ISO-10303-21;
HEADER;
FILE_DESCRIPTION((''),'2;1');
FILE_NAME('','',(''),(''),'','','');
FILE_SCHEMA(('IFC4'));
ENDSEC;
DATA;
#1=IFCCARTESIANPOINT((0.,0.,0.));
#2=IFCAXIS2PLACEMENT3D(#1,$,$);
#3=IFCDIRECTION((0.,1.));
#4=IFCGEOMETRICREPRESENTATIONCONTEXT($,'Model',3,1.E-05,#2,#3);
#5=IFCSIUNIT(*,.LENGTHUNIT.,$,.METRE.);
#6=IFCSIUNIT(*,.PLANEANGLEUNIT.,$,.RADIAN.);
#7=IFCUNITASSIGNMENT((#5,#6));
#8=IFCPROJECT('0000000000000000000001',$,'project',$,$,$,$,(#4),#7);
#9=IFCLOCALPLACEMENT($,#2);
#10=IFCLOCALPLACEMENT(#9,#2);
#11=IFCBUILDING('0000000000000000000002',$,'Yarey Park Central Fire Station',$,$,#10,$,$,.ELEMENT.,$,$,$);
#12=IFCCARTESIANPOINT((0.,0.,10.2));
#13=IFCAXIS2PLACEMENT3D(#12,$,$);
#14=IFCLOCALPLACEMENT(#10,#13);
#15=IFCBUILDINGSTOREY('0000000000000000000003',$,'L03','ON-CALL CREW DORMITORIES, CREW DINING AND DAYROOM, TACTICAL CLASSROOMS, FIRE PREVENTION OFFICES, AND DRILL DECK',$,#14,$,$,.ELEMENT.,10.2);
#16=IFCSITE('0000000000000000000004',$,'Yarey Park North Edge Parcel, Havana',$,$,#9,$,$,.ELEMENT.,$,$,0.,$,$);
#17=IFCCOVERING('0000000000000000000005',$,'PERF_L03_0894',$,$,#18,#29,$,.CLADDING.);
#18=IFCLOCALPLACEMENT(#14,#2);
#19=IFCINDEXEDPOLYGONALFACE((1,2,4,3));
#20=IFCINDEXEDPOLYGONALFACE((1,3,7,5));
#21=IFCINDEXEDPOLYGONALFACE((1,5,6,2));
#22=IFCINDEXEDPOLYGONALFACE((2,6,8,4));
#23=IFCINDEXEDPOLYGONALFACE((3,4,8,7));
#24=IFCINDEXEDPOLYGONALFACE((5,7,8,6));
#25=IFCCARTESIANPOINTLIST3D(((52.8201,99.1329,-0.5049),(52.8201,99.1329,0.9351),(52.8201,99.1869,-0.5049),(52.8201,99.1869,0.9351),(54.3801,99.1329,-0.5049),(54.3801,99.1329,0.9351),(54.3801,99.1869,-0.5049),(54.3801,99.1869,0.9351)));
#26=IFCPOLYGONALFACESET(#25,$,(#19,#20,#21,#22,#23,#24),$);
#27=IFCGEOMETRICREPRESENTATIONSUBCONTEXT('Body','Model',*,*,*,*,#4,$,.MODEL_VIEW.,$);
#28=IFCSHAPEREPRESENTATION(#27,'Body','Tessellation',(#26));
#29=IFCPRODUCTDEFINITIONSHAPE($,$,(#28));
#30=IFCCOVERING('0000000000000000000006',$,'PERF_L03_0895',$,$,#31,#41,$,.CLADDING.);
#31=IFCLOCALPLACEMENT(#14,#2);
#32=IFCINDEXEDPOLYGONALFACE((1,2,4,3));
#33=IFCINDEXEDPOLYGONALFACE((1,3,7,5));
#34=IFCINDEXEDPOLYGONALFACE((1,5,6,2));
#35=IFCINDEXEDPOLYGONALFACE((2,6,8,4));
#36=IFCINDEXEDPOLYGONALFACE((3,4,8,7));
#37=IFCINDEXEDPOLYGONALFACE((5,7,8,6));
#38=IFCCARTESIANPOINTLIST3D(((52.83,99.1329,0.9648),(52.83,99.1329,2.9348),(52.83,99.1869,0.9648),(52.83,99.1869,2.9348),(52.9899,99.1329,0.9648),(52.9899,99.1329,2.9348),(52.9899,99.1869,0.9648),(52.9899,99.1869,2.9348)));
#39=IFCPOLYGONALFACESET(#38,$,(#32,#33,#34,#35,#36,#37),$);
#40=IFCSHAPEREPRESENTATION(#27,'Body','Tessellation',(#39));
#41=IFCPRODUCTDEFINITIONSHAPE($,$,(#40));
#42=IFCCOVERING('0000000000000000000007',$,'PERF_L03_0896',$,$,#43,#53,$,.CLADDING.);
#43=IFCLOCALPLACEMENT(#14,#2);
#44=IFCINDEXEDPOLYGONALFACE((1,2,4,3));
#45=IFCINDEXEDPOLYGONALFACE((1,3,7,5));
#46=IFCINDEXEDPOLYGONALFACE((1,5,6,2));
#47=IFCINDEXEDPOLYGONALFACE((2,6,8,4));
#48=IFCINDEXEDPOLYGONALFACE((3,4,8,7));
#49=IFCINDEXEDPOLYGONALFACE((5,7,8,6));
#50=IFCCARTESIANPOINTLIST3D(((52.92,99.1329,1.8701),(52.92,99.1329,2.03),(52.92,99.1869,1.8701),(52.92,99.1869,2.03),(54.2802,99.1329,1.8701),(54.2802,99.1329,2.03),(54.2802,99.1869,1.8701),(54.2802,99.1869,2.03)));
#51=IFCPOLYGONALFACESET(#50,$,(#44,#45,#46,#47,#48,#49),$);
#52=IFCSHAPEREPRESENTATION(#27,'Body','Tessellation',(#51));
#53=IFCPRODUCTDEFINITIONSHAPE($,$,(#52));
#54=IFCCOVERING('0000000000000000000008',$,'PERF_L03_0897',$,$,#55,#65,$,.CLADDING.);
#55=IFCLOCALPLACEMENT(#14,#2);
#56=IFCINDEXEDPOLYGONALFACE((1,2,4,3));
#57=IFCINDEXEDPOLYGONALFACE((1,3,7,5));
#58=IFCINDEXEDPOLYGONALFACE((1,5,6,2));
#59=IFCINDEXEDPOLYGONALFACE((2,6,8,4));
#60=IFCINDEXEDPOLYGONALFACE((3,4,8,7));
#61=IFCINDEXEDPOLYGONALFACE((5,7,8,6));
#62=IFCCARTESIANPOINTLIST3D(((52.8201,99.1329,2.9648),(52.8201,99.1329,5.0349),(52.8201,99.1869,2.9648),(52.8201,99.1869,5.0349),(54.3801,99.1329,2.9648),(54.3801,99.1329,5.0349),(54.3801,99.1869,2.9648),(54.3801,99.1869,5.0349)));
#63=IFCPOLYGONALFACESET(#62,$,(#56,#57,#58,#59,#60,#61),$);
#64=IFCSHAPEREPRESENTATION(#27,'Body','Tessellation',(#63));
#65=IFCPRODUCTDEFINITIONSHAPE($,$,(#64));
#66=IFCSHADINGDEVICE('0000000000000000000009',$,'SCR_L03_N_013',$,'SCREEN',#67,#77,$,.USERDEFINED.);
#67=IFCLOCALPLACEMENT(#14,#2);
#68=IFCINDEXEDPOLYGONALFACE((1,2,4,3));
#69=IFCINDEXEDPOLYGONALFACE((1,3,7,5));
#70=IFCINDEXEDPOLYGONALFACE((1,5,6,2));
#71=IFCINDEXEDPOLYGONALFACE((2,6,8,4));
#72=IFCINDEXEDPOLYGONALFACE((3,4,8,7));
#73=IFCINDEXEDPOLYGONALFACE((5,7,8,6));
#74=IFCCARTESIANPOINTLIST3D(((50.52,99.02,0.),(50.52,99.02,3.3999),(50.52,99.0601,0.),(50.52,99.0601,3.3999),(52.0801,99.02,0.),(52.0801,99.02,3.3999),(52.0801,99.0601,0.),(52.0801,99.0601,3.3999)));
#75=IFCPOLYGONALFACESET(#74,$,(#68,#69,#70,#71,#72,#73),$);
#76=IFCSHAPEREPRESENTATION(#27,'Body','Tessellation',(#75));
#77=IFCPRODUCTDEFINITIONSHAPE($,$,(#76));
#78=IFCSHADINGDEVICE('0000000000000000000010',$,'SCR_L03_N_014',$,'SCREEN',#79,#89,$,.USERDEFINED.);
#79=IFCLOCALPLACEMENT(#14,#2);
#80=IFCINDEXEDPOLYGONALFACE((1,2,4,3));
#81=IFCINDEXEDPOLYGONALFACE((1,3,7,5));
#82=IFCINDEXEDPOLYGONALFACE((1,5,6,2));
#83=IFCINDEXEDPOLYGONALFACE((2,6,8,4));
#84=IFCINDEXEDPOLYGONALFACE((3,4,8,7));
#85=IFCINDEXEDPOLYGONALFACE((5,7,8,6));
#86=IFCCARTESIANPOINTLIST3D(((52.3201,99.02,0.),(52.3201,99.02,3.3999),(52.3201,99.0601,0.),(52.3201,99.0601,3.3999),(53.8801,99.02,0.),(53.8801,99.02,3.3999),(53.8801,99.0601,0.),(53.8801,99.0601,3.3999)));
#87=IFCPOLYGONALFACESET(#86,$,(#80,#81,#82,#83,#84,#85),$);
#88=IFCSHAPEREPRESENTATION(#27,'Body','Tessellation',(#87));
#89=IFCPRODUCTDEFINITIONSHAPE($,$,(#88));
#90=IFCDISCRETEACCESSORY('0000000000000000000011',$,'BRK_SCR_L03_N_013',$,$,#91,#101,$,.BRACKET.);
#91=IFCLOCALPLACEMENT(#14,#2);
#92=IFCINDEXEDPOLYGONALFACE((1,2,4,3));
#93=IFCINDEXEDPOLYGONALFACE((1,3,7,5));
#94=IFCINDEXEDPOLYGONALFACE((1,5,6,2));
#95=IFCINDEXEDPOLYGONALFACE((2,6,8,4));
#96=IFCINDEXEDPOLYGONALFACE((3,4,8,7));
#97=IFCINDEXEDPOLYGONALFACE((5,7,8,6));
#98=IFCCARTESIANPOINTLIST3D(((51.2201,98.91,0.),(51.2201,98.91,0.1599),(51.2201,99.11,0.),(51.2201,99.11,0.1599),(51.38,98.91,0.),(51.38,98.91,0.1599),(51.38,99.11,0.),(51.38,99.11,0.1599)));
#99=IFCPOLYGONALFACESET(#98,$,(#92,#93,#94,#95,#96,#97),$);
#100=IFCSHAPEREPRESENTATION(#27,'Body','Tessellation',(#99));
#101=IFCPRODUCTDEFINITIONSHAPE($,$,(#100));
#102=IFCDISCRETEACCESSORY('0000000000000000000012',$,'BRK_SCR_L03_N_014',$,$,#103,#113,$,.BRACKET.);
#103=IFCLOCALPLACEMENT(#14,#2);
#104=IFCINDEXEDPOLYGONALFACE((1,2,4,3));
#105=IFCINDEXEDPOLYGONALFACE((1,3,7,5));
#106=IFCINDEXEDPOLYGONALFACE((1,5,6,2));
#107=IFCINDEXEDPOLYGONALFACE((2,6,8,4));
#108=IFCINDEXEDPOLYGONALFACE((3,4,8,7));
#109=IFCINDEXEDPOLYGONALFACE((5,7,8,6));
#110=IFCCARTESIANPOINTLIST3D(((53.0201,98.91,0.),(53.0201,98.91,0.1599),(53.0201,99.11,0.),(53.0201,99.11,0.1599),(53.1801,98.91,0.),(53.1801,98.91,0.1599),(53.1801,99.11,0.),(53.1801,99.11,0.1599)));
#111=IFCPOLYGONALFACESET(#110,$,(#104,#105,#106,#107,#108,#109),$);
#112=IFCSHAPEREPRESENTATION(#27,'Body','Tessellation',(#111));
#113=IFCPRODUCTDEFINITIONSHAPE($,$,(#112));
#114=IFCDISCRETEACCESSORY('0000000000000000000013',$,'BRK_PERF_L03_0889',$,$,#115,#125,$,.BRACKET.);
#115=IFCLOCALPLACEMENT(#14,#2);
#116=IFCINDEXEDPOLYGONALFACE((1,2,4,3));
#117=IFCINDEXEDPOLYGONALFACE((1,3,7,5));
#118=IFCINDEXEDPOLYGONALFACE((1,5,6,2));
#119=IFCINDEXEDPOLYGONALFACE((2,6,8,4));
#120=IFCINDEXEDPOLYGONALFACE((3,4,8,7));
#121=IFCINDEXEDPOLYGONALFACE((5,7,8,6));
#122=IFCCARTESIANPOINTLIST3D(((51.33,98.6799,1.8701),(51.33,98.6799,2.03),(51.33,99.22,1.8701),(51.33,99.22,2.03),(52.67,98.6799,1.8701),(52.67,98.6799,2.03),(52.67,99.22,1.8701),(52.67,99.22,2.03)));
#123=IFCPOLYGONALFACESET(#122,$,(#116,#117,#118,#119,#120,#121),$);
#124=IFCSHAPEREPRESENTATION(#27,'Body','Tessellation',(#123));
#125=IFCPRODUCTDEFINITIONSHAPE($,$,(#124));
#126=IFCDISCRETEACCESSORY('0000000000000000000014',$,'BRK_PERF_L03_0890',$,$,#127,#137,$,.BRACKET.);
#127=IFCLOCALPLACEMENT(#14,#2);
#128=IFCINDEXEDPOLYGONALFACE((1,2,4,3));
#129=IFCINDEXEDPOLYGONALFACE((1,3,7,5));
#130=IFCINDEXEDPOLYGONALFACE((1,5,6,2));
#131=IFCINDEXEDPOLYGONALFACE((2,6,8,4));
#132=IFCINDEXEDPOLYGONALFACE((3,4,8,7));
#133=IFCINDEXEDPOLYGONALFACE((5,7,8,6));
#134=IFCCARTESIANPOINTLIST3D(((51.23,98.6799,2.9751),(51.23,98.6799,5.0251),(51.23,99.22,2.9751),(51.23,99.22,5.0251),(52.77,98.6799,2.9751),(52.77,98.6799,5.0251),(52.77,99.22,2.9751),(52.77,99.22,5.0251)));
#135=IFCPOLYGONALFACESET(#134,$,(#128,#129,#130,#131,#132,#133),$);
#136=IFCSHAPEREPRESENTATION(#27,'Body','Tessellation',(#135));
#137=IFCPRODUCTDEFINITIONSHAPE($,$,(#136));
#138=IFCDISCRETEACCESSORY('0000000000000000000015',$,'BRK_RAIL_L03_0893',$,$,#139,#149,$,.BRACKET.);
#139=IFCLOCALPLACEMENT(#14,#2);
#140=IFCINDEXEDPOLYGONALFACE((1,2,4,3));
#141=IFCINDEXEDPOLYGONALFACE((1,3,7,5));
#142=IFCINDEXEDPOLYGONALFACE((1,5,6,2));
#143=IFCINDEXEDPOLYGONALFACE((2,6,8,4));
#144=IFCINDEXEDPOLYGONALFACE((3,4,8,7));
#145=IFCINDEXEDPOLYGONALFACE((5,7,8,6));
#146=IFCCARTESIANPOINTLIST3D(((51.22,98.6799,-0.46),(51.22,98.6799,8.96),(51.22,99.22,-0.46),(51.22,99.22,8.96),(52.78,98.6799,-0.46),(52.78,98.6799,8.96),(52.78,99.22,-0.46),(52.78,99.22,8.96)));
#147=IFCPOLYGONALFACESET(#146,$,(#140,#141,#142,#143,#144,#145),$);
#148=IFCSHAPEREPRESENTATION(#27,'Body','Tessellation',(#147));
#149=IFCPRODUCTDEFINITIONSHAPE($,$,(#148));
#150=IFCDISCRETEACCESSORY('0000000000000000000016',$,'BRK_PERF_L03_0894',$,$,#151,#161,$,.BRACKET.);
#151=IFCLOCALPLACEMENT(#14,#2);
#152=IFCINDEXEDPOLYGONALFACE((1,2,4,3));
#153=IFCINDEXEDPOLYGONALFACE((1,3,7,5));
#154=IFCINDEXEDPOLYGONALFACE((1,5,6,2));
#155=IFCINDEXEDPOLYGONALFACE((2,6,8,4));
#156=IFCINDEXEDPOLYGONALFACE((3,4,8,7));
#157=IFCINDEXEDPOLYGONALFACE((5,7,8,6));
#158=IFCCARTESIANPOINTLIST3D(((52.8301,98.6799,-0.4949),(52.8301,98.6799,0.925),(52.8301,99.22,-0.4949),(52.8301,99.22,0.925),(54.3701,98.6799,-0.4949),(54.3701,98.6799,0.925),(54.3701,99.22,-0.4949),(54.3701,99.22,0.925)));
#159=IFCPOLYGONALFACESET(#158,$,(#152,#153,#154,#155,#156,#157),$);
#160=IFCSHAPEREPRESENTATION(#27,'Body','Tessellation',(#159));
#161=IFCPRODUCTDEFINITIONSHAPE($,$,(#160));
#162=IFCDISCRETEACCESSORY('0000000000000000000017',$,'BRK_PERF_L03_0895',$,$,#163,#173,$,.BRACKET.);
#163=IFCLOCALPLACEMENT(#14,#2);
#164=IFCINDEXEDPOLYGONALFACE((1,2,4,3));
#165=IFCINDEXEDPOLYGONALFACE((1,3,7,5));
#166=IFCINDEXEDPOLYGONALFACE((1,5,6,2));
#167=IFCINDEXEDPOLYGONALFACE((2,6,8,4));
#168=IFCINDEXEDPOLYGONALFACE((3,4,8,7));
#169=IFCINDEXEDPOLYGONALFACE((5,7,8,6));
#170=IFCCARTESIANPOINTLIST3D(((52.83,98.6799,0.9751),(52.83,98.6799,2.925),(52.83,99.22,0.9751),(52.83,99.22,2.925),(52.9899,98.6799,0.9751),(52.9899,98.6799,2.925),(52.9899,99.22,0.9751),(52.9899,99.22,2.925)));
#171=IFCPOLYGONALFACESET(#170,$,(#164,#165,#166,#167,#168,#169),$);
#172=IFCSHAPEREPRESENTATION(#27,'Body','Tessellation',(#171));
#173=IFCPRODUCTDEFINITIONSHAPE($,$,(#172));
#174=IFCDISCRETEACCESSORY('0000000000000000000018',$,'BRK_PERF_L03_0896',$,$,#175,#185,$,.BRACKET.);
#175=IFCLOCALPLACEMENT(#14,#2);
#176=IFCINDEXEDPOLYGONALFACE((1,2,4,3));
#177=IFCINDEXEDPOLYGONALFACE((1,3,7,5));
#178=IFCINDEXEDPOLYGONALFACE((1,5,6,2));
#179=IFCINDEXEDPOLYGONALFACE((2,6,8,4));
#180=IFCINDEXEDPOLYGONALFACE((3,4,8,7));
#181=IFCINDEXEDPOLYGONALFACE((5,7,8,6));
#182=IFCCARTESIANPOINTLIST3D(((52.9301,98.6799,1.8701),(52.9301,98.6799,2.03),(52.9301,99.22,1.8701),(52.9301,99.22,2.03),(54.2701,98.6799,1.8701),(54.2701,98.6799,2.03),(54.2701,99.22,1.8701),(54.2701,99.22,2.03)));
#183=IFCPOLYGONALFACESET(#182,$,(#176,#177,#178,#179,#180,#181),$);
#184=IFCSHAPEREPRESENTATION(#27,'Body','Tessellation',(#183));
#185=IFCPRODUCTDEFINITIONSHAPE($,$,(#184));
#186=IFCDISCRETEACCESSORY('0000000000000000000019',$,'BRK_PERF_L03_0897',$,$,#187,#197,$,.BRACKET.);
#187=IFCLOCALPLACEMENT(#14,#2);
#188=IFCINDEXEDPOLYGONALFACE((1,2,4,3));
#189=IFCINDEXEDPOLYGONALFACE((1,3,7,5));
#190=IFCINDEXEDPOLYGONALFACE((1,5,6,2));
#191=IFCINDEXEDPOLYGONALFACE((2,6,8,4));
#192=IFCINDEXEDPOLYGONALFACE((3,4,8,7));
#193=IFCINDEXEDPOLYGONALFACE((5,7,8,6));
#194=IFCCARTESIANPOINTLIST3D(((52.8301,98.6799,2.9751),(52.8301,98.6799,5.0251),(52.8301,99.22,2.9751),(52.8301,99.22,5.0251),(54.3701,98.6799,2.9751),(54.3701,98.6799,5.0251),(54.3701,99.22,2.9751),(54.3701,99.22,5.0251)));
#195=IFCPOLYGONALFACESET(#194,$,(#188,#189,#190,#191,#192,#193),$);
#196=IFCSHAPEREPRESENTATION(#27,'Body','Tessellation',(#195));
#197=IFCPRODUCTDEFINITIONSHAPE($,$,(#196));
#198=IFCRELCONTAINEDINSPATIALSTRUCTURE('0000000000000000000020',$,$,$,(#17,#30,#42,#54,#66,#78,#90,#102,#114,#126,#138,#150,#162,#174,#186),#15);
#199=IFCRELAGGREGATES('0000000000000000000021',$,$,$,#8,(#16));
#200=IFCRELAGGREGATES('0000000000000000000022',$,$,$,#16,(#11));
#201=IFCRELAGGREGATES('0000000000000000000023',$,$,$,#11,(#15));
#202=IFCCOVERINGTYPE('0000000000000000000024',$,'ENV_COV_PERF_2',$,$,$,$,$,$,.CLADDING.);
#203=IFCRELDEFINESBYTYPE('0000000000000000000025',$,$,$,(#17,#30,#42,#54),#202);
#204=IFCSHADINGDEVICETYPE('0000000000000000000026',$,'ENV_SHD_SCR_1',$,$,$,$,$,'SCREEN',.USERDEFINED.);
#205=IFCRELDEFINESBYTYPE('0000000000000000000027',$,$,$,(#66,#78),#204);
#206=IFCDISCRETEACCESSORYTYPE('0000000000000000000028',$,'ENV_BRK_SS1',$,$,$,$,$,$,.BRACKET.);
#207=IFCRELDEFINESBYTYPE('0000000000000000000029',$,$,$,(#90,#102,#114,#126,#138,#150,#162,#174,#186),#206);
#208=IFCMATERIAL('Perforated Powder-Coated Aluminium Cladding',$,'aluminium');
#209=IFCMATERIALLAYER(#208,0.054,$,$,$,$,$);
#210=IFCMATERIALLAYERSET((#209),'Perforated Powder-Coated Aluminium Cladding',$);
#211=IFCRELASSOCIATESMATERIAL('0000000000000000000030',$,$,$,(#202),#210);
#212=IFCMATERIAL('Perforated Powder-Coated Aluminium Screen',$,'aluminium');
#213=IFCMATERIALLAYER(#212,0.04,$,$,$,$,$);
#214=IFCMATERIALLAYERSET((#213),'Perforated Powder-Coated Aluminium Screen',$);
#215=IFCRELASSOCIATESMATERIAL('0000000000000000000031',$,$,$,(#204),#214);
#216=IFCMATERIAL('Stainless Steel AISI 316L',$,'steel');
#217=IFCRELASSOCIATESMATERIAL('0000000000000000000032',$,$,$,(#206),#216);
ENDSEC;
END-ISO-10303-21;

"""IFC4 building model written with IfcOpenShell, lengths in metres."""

from ifc_helpers import new_model, si_unit, direction, frame, origin, origin_2d, place, context, subcontext, project, spatial, rectangle, extrude, material, layer, layer_set, type_object, element, save


model = new_model("IFC4")

# Units and contexts
model_context = context("Model", 3, precision=1e-05, world=origin(), true_north=direction((0.0, 1.0)))
body_context = subcontext(model_context, "Body", "Model", "MODEL_VIEW")
ifc_project = project(units=[si_unit("LENGTHUNIT", "METRE"), si_unit("PLANEANGLEUNIT", "RADIAN")], contexts=[model_context])

# Site, building, storey
site_placement = place(None, origin())
site = spatial("IfcSite", under=ifc_project, at=site_placement, Name="Yarey Park North Edge Parcel, Havana", CompositionType="ELEMENT", RefElevation=0.0)
building_placement = place(site_placement, origin())
building = spatial("IfcBuilding", under=site, at=building_placement, Name="Yarey Park Central Fire Station", CompositionType="ELEMENT")
storey_placement = place(building_placement, frame((0.0, 0.0, 10.2)))
storey = spatial("IfcBuildingStorey", under=building, at=storey_placement, Name="L03", Description="ON-CALL CREW DORMITORIES, CREW DINING AND DAYROOM, TACTICAL CLASSROOMS, FIRE PREVENTION OFFICES, AND DRILL DECK", CompositionType="ELEMENT", Elevation=10.2)

# Coverings
ifc_material_1 = material(Name="Perforated Powder-Coated Aluminium Cladding", Category="aluminium")
ifc_layer_1 = layer(ifc_material_1, 0.054)
ifc_layer_set_1 = layer_set([ifc_layer_1], Name="Perforated Powder-Coated Aluminium Cladding")
covering_type_1 = type_object("IfcCoveringType", Name="ENV_COV_PERF_2", PredefinedType="CLADDING", material=ifc_layer_set_1)
covering_1_placement = place(storey_placement, frame((53.6001, 99.1599, -0.5049), z_axis=(0.0, 0.0, 1.0), x_axis=(1.0, 0.0, 0.0)))
element("IfcCovering", 1, at=covering_1_placement, inside=storey, type_object=covering_type_1, Name="PERF_L03_0894", PredefinedType="CLADDING", context=body_context, shape_type="SweptSolid", body=[
    extrude(rectangle(XDim=1.5601, YDim=0.054, at=origin_2d()), origin(), (0.0, 0.0, 1.0), 1.4399),
])
covering_2_placement = place(storey_placement, frame((52.9099, 99.1599, 0.9648), z_axis=(0.0, 0.0, 1.0), x_axis=(1.0, 0.0, 0.0)))
element("IfcCovering", 2, at=covering_2_placement, inside=storey, type_object=covering_type_1, Name="PERF_L03_0895", PredefinedType="CLADDING", context=body_context, shape_type="SweptSolid", body=[
    extrude(rectangle(XDim=0.1599, YDim=0.054, at=origin_2d()), origin(), (0.0, 0.0, 1.0), 1.97),
])
covering_3_placement = place(storey_placement, frame((53.6001, 99.1599, 1.8701), z_axis=(0.0, 0.0, 1.0), x_axis=(1.0, 0.0, 0.0)))
element("IfcCovering", 3, at=covering_3_placement, inside=storey, type_object=covering_type_1, Name="PERF_L03_0896", PredefinedType="CLADDING", context=body_context, shape_type="SweptSolid", body=[
    extrude(rectangle(XDim=1.3601, YDim=0.054, at=origin_2d()), origin(), (0.0, 0.0, 1.0), 0.1599),
])
covering_4_placement = place(storey_placement, frame((53.6001, 99.1599, 2.9648), z_axis=(0.0, 0.0, 1.0), x_axis=(1.0, 0.0, 0.0)))
element("IfcCovering", 4, at=covering_4_placement, inside=storey, type_object=covering_type_1, Name="PERF_L03_0897", PredefinedType="CLADDING", context=body_context, shape_type="SweptSolid", body=[
    extrude(rectangle(XDim=1.5601, YDim=0.054, at=origin_2d()), origin(), (0.0, 0.0, 1.0), 2.0701),
])

# Shading devices
ifc_material_2 = material(Name="Perforated Powder-Coated Aluminium Screen", Category="aluminium")
ifc_layer_2 = layer(ifc_material_2, 0.04)
ifc_layer_set_2 = layer_set([ifc_layer_2], Name="Perforated Powder-Coated Aluminium Screen")
shading_device_type = type_object("IfcShadingDeviceType", Name="ENV_SHD_SCR_1", ElementType="SCREEN", PredefinedType="USERDEFINED", material=ifc_layer_set_2)
for number, where, z_axis, x_axis, name in (
    (5, (51.3, 99.04, 0.0), (0.0, 0.0, 1.0), (1.0, 0.0, 0.0), "SCR_L03_N_013"),
    (6, (53.1001, 99.04, 0.0), (0.0, 0.0, 1.0), (1.0, 0.0, 0.0), "SCR_L03_N_014"),
):
    element("IfcShadingDevice", number, at=place(storey_placement, frame(where, z_axis=z_axis, x_axis=x_axis)), inside=storey, type_object=shading_device_type, Name=name, ObjectType="SCREEN", PredefinedType="USERDEFINED", context=body_context, shape_type="SweptSolid", body=[
        extrude(rectangle(XDim=1.5601, YDim=0.04, at=origin_2d()), origin(), (0.0, 0.0, 1.0), 3.3999),
    ])

# Discrete accessories
ifc_material_3 = material(Name="Stainless Steel AISI 316L", Category="steel")
discrete_accessory_type = type_object("IfcDiscreteAccessoryType", Name="ENV_BRK_SS1", PredefinedType="BRACKET", material=ifc_material_3)
for number, where, z_axis, x_axis, name in (
    (7, (51.3, 99.01, 0.0), (0.0, 0.0, 1.0), (1.0, 0.0, 0.0), "BRK_SCR_L03_N_013"),
    (8, (53.1001, 99.01, 0.0), (0.0, 0.0, 1.0), (1.0, 0.0, 0.0), "BRK_SCR_L03_N_014"),
):
    element("IfcDiscreteAccessory", number, at=place(storey_placement, frame(where, z_axis=z_axis, x_axis=x_axis)), inside=storey, type_object=discrete_accessory_type, Name=name, PredefinedType="BRACKET", context=body_context, shape_type="SweptSolid", body=[
        extrude(rectangle(XDim=0.1599, YDim=0.2, at=origin_2d()), origin(), (0.0, 0.0, 1.0), 0.1599),
    ])
discrete_accessory_1_placement = place(storey_placement, frame((52.0, 98.95, 1.8701), z_axis=(0.0, 0.0, 1.0), x_axis=(1.0, 0.0, 0.0)))
element("IfcDiscreteAccessory", 9, at=discrete_accessory_1_placement, inside=storey, type_object=discrete_accessory_type, Name="BRK_PERF_L03_0889", PredefinedType="BRACKET", context=body_context, shape_type="SweptSolid", body=[
    extrude(rectangle(XDim=1.3401, YDim=0.54, at=origin_2d()), origin(), (0.0, 0.0, 1.0), 0.1599),
])
discrete_accessory_2_placement = place(storey_placement, frame((52.0, 98.95, 2.9751), z_axis=(0.0, 0.0, 1.0), x_axis=(1.0, 0.0, 0.0)))
element("IfcDiscreteAccessory", 10, at=discrete_accessory_2_placement, inside=storey, type_object=discrete_accessory_type, Name="BRK_PERF_L03_0890", PredefinedType="BRACKET", context=body_context, shape_type="SweptSolid", body=[
    extrude(rectangle(XDim=1.54, YDim=0.54, at=origin_2d()), origin(), (0.0, 0.0, 1.0), 2.05),
])
discrete_accessory_3_placement = place(storey_placement, frame((52.0, 98.95, -0.46), z_axis=(0.0, 0.0, 1.0), x_axis=(1.0, 0.0, 0.0)))
element("IfcDiscreteAccessory", 11, at=discrete_accessory_3_placement, inside=storey, type_object=discrete_accessory_type, Name="BRK_RAIL_L03_0893", PredefinedType="BRACKET", context=body_context, shape_type="SweptSolid", body=[
    extrude(rectangle(XDim=1.5601, YDim=0.54, at=origin_2d()), origin(), (0.0, 0.0, 1.0), 9.4199),
])
discrete_accessory_4_placement = place(storey_placement, frame((53.6001, 98.95, -0.4949), z_axis=(0.0, 0.0, 1.0), x_axis=(1.0, 0.0, 0.0)))
element("IfcDiscreteAccessory", 12, at=discrete_accessory_4_placement, inside=storey, type_object=discrete_accessory_type, Name="BRK_PERF_L03_0894", PredefinedType="BRACKET", context=body_context, shape_type="SweptSolid", body=[
    extrude(rectangle(XDim=1.54, YDim=0.54, at=origin_2d()), origin(), (0.0, 0.0, 1.0), 1.4199),
])
discrete_accessory_5_placement = place(storey_placement, frame((52.9099, 98.95, 0.9751), z_axis=(0.0, 0.0, 1.0), x_axis=(1.0, 0.0, 0.0)))
element("IfcDiscreteAccessory", 13, at=discrete_accessory_5_placement, inside=storey, type_object=discrete_accessory_type, Name="BRK_PERF_L03_0895", PredefinedType="BRACKET", context=body_context, shape_type="SweptSolid", body=[
    extrude(rectangle(XDim=0.1599, YDim=0.54, at=origin_2d()), origin(), (0.0, 0.0, 1.0), 1.95),
])
discrete_accessory_6_placement = place(storey_placement, frame((53.6001, 98.95, 1.8701), z_axis=(0.0, 0.0, 1.0), x_axis=(1.0, 0.0, 0.0)))
element("IfcDiscreteAccessory", 14, at=discrete_accessory_6_placement, inside=storey, type_object=discrete_accessory_type, Name="BRK_PERF_L03_0896", PredefinedType="BRACKET", context=body_context, shape_type="SweptSolid", body=[
    extrude(rectangle(XDim=1.3401, YDim=0.54, at=origin_2d()), origin(), (0.0, 0.0, 1.0), 0.1599),
])
discrete_accessory_7_placement = place(storey_placement, frame((53.6001, 98.95, 2.9751), z_axis=(0.0, 0.0, 1.0), x_axis=(1.0, 0.0, 0.0)))
element("IfcDiscreteAccessory", 15, at=discrete_accessory_7_placement, inside=storey, type_object=discrete_accessory_type, Name="BRK_PERF_L03_0897", PredefinedType="BRACKET", context=body_context, shape_type="SweptSolid", body=[
    extrude(rectangle(XDim=1.54, YDim=0.54, at=origin_2d()), origin(), (0.0, 0.0, 1.0), 2.05),
])

save(model, "model.ifc")
